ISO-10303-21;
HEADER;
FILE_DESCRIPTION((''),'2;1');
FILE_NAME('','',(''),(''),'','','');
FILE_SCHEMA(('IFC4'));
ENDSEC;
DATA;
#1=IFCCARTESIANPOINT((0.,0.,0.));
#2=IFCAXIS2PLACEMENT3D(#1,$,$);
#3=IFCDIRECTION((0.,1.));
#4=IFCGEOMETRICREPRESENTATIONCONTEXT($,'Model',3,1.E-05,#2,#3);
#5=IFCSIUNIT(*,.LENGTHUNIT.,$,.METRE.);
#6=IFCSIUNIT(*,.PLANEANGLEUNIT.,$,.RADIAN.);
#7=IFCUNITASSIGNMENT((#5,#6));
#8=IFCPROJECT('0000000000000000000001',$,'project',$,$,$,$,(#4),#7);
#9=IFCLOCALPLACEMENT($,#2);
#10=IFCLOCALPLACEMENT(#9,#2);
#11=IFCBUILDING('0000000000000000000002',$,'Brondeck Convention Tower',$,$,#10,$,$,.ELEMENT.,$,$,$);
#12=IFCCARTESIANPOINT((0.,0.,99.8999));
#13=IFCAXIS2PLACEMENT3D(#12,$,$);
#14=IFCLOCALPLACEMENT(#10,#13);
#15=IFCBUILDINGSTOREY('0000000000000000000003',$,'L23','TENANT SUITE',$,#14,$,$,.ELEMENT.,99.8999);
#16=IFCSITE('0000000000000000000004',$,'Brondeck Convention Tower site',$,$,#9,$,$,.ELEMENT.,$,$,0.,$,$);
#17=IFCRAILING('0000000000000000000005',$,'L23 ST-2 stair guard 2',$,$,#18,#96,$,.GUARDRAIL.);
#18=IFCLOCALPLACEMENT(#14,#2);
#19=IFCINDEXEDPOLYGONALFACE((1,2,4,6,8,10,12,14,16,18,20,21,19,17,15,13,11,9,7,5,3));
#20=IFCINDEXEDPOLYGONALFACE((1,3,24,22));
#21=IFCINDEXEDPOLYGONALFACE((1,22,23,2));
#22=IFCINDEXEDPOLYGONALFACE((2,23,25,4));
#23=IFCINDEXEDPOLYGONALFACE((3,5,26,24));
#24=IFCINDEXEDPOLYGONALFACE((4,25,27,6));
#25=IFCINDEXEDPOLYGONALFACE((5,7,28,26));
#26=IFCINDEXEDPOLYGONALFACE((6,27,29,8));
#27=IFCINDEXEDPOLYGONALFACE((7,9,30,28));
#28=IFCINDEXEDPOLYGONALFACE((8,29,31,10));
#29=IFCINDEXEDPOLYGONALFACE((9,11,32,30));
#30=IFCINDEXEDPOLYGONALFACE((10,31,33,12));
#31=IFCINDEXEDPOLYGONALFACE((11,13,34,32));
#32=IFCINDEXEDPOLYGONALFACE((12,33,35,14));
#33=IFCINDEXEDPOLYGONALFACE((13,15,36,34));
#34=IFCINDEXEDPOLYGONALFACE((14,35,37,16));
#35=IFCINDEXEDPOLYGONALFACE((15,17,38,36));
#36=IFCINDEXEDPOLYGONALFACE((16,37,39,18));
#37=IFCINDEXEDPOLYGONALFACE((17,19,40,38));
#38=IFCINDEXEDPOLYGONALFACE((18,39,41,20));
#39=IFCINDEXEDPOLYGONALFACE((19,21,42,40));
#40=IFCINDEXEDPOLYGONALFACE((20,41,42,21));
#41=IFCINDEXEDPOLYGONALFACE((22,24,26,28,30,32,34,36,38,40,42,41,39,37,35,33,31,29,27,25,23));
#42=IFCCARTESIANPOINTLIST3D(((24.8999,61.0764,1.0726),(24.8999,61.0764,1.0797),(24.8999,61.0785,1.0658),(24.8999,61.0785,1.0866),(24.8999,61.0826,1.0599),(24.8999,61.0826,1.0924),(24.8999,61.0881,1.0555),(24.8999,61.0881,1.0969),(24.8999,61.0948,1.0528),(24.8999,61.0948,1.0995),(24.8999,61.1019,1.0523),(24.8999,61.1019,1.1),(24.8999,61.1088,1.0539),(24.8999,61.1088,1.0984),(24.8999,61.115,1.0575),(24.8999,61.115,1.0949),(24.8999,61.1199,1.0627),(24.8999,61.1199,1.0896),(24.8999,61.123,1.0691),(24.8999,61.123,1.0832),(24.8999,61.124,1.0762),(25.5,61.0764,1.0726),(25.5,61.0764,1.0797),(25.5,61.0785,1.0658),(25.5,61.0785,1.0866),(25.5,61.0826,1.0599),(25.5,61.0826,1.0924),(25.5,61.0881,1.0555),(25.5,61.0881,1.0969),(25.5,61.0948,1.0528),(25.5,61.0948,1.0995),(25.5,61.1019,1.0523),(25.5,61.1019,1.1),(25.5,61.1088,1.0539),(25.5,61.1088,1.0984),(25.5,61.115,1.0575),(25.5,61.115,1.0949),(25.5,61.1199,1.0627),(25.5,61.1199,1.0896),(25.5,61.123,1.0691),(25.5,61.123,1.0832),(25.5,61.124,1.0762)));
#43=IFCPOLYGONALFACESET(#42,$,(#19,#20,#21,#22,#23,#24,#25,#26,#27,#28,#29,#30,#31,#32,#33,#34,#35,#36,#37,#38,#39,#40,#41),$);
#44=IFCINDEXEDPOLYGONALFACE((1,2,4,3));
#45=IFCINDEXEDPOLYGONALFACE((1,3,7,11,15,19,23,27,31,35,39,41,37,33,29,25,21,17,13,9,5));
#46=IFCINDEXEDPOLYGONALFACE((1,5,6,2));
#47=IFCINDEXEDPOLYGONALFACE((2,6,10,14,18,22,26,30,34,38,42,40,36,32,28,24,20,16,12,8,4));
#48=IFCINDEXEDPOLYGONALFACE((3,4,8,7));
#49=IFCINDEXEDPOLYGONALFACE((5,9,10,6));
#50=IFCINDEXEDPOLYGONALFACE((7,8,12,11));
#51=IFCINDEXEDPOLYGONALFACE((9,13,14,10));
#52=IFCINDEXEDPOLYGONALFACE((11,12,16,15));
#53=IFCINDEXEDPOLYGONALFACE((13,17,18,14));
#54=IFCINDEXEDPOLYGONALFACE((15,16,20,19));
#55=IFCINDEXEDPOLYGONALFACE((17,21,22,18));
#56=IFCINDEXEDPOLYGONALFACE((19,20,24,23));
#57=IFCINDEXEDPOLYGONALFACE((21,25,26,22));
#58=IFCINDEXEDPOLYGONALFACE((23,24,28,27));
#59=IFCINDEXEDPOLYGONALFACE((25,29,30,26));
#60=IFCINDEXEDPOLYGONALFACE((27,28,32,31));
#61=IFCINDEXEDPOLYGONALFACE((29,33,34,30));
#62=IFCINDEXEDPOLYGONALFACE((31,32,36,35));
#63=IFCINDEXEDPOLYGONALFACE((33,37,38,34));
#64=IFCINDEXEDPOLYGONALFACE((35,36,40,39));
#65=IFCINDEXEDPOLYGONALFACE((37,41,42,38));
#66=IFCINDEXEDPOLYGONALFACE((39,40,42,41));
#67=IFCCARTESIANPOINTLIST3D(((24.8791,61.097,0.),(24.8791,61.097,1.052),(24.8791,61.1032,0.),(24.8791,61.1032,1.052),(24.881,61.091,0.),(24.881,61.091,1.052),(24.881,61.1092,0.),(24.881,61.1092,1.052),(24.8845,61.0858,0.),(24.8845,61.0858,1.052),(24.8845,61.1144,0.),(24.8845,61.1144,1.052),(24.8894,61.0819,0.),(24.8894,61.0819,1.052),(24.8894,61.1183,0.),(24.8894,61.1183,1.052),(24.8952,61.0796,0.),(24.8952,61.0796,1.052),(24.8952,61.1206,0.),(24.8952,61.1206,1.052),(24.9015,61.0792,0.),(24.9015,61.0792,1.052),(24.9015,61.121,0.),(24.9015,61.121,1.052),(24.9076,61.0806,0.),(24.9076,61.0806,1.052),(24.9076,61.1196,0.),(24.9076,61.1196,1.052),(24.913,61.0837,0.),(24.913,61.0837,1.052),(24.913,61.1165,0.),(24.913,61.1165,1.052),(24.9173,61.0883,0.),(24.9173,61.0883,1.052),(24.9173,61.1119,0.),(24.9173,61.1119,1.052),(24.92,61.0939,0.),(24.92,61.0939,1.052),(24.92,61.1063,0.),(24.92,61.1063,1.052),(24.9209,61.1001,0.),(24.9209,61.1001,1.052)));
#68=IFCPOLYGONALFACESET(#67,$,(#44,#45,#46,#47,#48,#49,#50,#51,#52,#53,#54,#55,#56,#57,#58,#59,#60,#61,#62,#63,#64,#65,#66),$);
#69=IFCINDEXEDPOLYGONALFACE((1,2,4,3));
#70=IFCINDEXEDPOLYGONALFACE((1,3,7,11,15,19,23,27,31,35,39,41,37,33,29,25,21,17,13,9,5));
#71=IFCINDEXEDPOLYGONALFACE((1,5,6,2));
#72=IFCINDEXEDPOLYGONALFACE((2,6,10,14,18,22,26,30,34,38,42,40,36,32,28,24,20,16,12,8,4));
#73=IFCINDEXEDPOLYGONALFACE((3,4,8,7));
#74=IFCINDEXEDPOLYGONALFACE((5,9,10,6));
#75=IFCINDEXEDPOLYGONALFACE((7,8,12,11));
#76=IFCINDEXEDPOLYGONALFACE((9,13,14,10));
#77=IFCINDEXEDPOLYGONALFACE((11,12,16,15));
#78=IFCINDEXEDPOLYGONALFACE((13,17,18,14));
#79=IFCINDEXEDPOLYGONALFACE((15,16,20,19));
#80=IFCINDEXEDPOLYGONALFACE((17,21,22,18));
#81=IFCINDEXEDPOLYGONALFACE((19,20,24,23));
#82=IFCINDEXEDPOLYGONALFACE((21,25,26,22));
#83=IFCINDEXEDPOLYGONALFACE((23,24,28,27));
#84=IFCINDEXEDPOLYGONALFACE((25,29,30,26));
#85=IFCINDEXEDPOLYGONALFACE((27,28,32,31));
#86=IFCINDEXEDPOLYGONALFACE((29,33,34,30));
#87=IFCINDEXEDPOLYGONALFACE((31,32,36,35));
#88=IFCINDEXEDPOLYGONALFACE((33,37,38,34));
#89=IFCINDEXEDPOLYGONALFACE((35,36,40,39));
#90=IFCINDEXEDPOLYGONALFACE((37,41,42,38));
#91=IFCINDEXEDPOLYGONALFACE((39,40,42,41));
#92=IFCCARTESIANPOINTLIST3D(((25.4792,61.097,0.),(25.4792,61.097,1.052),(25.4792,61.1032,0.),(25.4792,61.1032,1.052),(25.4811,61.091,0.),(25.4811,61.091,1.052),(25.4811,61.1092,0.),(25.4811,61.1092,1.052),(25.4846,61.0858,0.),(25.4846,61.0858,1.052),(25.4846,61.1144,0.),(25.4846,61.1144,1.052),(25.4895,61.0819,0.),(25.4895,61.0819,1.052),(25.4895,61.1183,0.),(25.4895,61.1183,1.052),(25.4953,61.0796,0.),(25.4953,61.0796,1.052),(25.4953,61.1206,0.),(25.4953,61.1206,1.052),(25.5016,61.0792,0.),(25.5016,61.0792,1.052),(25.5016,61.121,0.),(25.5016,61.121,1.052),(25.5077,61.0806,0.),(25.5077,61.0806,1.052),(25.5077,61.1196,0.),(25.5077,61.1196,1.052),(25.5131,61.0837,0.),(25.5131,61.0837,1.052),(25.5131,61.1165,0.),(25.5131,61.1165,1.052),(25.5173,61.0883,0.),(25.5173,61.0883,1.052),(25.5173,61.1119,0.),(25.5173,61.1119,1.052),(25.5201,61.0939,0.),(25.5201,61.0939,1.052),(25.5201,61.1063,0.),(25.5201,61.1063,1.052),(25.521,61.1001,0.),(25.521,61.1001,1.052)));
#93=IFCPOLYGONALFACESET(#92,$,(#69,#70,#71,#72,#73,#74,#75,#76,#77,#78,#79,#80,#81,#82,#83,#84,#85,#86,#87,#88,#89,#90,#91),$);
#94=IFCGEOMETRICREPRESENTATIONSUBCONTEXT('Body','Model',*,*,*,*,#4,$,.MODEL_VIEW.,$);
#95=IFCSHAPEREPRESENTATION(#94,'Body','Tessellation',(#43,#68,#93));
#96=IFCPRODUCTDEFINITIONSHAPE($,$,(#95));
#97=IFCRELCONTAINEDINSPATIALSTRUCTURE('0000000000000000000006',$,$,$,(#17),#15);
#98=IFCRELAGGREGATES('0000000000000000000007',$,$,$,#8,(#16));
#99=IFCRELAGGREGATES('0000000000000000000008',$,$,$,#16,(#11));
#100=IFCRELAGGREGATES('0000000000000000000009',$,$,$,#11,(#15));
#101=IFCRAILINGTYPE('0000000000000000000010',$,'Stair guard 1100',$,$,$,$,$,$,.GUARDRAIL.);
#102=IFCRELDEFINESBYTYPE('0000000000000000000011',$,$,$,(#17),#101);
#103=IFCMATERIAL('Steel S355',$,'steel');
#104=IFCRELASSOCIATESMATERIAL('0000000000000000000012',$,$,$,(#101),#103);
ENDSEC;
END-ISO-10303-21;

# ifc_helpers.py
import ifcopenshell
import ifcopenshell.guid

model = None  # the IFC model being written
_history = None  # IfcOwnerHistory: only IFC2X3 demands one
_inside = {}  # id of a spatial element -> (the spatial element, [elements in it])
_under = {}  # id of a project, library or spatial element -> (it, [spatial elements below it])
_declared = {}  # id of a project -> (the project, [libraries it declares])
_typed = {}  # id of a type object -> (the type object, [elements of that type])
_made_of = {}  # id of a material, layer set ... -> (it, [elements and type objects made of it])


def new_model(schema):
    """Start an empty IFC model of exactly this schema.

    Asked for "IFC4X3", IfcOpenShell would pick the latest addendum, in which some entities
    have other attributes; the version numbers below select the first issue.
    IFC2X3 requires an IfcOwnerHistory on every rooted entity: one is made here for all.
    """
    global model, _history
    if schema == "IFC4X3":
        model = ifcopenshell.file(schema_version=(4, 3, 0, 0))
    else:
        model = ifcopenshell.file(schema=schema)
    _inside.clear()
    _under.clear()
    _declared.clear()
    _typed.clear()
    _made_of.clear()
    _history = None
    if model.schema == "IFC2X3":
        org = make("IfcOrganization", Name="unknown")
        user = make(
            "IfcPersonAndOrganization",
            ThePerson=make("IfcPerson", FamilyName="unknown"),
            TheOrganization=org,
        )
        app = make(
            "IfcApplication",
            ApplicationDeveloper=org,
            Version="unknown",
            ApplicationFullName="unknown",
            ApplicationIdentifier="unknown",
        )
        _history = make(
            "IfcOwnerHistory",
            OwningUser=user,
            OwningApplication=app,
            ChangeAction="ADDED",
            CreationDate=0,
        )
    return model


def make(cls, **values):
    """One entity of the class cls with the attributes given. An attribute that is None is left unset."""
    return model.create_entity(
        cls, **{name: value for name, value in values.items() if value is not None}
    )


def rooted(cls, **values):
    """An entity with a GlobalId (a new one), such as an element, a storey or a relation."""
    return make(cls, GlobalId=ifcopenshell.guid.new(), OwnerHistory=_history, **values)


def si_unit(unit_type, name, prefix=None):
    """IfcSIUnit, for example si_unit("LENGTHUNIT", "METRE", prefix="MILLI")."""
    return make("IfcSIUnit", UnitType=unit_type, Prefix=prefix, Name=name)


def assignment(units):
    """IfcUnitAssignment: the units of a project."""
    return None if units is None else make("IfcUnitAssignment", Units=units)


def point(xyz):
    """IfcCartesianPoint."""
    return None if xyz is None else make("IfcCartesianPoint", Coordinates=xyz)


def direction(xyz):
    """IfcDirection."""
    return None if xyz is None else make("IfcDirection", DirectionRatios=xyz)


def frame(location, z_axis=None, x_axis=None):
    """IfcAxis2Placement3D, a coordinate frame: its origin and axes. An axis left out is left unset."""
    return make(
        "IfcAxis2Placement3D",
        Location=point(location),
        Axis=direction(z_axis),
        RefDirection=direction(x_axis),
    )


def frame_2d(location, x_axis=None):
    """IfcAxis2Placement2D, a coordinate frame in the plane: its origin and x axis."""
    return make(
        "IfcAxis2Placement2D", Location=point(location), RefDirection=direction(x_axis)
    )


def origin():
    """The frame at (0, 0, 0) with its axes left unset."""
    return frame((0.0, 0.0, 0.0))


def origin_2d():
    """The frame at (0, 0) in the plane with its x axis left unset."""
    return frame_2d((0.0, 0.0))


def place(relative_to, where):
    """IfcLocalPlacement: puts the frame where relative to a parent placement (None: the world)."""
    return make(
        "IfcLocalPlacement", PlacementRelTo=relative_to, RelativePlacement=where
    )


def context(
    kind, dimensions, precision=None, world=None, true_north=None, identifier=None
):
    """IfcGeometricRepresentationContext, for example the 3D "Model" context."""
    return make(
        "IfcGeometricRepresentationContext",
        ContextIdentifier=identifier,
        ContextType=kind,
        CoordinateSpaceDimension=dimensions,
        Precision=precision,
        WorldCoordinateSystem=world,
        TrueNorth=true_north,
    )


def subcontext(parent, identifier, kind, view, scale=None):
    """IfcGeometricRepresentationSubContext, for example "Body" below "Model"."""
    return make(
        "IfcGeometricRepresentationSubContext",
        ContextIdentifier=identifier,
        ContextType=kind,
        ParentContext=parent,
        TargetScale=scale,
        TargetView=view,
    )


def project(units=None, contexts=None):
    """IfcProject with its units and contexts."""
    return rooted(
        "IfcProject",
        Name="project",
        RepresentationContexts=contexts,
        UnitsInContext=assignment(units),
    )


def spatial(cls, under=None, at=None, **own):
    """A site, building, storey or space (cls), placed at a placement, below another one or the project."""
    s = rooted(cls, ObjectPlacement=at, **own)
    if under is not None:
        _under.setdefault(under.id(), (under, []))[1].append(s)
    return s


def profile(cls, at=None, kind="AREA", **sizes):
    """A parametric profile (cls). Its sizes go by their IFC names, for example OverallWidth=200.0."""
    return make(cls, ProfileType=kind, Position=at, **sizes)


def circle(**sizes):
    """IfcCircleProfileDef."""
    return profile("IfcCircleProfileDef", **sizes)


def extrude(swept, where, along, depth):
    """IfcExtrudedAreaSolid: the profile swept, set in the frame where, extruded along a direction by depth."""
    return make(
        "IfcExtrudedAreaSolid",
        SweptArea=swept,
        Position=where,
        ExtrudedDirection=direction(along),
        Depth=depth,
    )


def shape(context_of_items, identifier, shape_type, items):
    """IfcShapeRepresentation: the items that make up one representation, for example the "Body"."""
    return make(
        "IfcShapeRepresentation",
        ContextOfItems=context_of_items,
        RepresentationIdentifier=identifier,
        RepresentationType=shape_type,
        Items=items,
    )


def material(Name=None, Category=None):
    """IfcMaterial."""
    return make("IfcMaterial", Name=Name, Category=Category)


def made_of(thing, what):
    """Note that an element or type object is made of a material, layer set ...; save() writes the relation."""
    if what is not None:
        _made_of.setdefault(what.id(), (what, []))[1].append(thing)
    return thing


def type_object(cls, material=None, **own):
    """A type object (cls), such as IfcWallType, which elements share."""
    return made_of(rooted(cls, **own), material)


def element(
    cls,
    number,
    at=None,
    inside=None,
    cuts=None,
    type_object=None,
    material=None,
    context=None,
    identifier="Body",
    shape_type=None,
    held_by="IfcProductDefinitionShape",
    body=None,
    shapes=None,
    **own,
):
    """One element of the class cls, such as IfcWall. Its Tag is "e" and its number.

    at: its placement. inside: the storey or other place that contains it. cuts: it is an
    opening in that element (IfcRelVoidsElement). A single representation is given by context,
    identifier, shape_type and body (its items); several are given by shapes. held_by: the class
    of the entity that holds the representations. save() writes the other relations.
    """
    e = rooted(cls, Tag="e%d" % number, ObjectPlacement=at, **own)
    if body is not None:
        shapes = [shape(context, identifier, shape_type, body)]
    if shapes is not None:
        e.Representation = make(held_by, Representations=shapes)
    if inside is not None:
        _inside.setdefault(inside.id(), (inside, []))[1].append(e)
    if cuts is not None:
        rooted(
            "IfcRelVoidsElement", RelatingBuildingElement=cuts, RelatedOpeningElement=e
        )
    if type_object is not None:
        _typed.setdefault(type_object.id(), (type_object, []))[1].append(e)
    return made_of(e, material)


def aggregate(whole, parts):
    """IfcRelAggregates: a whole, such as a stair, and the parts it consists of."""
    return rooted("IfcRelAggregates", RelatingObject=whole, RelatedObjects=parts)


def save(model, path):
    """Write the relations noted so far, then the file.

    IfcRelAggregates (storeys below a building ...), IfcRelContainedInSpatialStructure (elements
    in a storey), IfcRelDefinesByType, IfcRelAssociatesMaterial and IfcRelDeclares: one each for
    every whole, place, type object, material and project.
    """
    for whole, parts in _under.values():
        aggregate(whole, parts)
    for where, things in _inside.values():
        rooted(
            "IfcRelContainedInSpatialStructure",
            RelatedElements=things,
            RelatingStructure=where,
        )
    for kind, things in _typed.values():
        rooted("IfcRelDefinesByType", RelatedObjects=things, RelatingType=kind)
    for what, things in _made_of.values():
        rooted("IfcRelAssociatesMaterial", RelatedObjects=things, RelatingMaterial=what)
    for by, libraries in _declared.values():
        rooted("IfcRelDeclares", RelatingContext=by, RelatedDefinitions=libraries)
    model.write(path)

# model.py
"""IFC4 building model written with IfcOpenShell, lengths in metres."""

from ifc_helpers import new_model, si_unit, direction, frame, origin, origin_2d, place, context, subcontext, project, spatial, circle, extrude, material, type_object, element, save


model = new_model("IFC4")

# Units and contexts
model_context = context("Model", 3, precision=1e-05, world=origin(), true_north=direction((0.0, 1.0)))
body_context = subcontext(model_context, "Body", "Model", "MODEL_VIEW")
ifc_project = project(units=[si_unit("LENGTHUNIT", "METRE"), si_unit("PLANEANGLEUNIT", "RADIAN")], contexts=[model_context])

# Site, building, storey
site_placement = place(None, origin())
site = spatial("IfcSite", under=ifc_project, at=site_placement, Name="Brondeck Convention Tower site", CompositionType="ELEMENT", RefElevation=0.0)
building_placement = place(site_placement, origin())
building = spatial("IfcBuilding", under=site, at=building_placement, Name="Brondeck Convention Tower", CompositionType="ELEMENT")
storey_placement = place(building_placement, frame((0.0, 0.0, 99.8999)))
storey = spatial("IfcBuildingStorey", under=building, at=storey_placement, Name="L23", Description="TENANT SUITE", CompositionType="ELEMENT", Elevation=99.8999)

# Shared definitions
ifc_material_1 = material(Name="Steel S355", Category="steel")

# Railing
railing_type_1 = type_object("IfcRailingType", Name="Stair guard 1100", PredefinedType="GUARDRAIL", material=ifc_material_1)
railing_1_placement = place(storey_placement, frame((24.8999, 61.1001, 0.0)))
element("IfcRailing", 1, at=railing_1_placement, inside=storey, type_object=railing_type_1, Name="L23 ST-2 stair guard 2", PredefinedType="GUARDRAIL", context=body_context, shape_type="SweptSolid", body=[
    extrude(circle(Radius=0.0239, at=origin_2d()), frame((0.0, 0.0, 1.0762), z_axis=(1.0, 0.0, 0.0), x_axis=(0.0, 1.0, 0.0)), (0.0, 0.0, 1.0), 0.6001),
    extrude(circle(Radius=0.021, at=origin_2d()), origin(), (0.0, 0.0, 1.0), 1.052),
    extrude(circle(Radius=0.021, at=origin_2d()), frame((0.6001, 0.0, 0.0)), (0.0, 0.0, 1.0), 1.052),
])

save(model, "model.ifc")
